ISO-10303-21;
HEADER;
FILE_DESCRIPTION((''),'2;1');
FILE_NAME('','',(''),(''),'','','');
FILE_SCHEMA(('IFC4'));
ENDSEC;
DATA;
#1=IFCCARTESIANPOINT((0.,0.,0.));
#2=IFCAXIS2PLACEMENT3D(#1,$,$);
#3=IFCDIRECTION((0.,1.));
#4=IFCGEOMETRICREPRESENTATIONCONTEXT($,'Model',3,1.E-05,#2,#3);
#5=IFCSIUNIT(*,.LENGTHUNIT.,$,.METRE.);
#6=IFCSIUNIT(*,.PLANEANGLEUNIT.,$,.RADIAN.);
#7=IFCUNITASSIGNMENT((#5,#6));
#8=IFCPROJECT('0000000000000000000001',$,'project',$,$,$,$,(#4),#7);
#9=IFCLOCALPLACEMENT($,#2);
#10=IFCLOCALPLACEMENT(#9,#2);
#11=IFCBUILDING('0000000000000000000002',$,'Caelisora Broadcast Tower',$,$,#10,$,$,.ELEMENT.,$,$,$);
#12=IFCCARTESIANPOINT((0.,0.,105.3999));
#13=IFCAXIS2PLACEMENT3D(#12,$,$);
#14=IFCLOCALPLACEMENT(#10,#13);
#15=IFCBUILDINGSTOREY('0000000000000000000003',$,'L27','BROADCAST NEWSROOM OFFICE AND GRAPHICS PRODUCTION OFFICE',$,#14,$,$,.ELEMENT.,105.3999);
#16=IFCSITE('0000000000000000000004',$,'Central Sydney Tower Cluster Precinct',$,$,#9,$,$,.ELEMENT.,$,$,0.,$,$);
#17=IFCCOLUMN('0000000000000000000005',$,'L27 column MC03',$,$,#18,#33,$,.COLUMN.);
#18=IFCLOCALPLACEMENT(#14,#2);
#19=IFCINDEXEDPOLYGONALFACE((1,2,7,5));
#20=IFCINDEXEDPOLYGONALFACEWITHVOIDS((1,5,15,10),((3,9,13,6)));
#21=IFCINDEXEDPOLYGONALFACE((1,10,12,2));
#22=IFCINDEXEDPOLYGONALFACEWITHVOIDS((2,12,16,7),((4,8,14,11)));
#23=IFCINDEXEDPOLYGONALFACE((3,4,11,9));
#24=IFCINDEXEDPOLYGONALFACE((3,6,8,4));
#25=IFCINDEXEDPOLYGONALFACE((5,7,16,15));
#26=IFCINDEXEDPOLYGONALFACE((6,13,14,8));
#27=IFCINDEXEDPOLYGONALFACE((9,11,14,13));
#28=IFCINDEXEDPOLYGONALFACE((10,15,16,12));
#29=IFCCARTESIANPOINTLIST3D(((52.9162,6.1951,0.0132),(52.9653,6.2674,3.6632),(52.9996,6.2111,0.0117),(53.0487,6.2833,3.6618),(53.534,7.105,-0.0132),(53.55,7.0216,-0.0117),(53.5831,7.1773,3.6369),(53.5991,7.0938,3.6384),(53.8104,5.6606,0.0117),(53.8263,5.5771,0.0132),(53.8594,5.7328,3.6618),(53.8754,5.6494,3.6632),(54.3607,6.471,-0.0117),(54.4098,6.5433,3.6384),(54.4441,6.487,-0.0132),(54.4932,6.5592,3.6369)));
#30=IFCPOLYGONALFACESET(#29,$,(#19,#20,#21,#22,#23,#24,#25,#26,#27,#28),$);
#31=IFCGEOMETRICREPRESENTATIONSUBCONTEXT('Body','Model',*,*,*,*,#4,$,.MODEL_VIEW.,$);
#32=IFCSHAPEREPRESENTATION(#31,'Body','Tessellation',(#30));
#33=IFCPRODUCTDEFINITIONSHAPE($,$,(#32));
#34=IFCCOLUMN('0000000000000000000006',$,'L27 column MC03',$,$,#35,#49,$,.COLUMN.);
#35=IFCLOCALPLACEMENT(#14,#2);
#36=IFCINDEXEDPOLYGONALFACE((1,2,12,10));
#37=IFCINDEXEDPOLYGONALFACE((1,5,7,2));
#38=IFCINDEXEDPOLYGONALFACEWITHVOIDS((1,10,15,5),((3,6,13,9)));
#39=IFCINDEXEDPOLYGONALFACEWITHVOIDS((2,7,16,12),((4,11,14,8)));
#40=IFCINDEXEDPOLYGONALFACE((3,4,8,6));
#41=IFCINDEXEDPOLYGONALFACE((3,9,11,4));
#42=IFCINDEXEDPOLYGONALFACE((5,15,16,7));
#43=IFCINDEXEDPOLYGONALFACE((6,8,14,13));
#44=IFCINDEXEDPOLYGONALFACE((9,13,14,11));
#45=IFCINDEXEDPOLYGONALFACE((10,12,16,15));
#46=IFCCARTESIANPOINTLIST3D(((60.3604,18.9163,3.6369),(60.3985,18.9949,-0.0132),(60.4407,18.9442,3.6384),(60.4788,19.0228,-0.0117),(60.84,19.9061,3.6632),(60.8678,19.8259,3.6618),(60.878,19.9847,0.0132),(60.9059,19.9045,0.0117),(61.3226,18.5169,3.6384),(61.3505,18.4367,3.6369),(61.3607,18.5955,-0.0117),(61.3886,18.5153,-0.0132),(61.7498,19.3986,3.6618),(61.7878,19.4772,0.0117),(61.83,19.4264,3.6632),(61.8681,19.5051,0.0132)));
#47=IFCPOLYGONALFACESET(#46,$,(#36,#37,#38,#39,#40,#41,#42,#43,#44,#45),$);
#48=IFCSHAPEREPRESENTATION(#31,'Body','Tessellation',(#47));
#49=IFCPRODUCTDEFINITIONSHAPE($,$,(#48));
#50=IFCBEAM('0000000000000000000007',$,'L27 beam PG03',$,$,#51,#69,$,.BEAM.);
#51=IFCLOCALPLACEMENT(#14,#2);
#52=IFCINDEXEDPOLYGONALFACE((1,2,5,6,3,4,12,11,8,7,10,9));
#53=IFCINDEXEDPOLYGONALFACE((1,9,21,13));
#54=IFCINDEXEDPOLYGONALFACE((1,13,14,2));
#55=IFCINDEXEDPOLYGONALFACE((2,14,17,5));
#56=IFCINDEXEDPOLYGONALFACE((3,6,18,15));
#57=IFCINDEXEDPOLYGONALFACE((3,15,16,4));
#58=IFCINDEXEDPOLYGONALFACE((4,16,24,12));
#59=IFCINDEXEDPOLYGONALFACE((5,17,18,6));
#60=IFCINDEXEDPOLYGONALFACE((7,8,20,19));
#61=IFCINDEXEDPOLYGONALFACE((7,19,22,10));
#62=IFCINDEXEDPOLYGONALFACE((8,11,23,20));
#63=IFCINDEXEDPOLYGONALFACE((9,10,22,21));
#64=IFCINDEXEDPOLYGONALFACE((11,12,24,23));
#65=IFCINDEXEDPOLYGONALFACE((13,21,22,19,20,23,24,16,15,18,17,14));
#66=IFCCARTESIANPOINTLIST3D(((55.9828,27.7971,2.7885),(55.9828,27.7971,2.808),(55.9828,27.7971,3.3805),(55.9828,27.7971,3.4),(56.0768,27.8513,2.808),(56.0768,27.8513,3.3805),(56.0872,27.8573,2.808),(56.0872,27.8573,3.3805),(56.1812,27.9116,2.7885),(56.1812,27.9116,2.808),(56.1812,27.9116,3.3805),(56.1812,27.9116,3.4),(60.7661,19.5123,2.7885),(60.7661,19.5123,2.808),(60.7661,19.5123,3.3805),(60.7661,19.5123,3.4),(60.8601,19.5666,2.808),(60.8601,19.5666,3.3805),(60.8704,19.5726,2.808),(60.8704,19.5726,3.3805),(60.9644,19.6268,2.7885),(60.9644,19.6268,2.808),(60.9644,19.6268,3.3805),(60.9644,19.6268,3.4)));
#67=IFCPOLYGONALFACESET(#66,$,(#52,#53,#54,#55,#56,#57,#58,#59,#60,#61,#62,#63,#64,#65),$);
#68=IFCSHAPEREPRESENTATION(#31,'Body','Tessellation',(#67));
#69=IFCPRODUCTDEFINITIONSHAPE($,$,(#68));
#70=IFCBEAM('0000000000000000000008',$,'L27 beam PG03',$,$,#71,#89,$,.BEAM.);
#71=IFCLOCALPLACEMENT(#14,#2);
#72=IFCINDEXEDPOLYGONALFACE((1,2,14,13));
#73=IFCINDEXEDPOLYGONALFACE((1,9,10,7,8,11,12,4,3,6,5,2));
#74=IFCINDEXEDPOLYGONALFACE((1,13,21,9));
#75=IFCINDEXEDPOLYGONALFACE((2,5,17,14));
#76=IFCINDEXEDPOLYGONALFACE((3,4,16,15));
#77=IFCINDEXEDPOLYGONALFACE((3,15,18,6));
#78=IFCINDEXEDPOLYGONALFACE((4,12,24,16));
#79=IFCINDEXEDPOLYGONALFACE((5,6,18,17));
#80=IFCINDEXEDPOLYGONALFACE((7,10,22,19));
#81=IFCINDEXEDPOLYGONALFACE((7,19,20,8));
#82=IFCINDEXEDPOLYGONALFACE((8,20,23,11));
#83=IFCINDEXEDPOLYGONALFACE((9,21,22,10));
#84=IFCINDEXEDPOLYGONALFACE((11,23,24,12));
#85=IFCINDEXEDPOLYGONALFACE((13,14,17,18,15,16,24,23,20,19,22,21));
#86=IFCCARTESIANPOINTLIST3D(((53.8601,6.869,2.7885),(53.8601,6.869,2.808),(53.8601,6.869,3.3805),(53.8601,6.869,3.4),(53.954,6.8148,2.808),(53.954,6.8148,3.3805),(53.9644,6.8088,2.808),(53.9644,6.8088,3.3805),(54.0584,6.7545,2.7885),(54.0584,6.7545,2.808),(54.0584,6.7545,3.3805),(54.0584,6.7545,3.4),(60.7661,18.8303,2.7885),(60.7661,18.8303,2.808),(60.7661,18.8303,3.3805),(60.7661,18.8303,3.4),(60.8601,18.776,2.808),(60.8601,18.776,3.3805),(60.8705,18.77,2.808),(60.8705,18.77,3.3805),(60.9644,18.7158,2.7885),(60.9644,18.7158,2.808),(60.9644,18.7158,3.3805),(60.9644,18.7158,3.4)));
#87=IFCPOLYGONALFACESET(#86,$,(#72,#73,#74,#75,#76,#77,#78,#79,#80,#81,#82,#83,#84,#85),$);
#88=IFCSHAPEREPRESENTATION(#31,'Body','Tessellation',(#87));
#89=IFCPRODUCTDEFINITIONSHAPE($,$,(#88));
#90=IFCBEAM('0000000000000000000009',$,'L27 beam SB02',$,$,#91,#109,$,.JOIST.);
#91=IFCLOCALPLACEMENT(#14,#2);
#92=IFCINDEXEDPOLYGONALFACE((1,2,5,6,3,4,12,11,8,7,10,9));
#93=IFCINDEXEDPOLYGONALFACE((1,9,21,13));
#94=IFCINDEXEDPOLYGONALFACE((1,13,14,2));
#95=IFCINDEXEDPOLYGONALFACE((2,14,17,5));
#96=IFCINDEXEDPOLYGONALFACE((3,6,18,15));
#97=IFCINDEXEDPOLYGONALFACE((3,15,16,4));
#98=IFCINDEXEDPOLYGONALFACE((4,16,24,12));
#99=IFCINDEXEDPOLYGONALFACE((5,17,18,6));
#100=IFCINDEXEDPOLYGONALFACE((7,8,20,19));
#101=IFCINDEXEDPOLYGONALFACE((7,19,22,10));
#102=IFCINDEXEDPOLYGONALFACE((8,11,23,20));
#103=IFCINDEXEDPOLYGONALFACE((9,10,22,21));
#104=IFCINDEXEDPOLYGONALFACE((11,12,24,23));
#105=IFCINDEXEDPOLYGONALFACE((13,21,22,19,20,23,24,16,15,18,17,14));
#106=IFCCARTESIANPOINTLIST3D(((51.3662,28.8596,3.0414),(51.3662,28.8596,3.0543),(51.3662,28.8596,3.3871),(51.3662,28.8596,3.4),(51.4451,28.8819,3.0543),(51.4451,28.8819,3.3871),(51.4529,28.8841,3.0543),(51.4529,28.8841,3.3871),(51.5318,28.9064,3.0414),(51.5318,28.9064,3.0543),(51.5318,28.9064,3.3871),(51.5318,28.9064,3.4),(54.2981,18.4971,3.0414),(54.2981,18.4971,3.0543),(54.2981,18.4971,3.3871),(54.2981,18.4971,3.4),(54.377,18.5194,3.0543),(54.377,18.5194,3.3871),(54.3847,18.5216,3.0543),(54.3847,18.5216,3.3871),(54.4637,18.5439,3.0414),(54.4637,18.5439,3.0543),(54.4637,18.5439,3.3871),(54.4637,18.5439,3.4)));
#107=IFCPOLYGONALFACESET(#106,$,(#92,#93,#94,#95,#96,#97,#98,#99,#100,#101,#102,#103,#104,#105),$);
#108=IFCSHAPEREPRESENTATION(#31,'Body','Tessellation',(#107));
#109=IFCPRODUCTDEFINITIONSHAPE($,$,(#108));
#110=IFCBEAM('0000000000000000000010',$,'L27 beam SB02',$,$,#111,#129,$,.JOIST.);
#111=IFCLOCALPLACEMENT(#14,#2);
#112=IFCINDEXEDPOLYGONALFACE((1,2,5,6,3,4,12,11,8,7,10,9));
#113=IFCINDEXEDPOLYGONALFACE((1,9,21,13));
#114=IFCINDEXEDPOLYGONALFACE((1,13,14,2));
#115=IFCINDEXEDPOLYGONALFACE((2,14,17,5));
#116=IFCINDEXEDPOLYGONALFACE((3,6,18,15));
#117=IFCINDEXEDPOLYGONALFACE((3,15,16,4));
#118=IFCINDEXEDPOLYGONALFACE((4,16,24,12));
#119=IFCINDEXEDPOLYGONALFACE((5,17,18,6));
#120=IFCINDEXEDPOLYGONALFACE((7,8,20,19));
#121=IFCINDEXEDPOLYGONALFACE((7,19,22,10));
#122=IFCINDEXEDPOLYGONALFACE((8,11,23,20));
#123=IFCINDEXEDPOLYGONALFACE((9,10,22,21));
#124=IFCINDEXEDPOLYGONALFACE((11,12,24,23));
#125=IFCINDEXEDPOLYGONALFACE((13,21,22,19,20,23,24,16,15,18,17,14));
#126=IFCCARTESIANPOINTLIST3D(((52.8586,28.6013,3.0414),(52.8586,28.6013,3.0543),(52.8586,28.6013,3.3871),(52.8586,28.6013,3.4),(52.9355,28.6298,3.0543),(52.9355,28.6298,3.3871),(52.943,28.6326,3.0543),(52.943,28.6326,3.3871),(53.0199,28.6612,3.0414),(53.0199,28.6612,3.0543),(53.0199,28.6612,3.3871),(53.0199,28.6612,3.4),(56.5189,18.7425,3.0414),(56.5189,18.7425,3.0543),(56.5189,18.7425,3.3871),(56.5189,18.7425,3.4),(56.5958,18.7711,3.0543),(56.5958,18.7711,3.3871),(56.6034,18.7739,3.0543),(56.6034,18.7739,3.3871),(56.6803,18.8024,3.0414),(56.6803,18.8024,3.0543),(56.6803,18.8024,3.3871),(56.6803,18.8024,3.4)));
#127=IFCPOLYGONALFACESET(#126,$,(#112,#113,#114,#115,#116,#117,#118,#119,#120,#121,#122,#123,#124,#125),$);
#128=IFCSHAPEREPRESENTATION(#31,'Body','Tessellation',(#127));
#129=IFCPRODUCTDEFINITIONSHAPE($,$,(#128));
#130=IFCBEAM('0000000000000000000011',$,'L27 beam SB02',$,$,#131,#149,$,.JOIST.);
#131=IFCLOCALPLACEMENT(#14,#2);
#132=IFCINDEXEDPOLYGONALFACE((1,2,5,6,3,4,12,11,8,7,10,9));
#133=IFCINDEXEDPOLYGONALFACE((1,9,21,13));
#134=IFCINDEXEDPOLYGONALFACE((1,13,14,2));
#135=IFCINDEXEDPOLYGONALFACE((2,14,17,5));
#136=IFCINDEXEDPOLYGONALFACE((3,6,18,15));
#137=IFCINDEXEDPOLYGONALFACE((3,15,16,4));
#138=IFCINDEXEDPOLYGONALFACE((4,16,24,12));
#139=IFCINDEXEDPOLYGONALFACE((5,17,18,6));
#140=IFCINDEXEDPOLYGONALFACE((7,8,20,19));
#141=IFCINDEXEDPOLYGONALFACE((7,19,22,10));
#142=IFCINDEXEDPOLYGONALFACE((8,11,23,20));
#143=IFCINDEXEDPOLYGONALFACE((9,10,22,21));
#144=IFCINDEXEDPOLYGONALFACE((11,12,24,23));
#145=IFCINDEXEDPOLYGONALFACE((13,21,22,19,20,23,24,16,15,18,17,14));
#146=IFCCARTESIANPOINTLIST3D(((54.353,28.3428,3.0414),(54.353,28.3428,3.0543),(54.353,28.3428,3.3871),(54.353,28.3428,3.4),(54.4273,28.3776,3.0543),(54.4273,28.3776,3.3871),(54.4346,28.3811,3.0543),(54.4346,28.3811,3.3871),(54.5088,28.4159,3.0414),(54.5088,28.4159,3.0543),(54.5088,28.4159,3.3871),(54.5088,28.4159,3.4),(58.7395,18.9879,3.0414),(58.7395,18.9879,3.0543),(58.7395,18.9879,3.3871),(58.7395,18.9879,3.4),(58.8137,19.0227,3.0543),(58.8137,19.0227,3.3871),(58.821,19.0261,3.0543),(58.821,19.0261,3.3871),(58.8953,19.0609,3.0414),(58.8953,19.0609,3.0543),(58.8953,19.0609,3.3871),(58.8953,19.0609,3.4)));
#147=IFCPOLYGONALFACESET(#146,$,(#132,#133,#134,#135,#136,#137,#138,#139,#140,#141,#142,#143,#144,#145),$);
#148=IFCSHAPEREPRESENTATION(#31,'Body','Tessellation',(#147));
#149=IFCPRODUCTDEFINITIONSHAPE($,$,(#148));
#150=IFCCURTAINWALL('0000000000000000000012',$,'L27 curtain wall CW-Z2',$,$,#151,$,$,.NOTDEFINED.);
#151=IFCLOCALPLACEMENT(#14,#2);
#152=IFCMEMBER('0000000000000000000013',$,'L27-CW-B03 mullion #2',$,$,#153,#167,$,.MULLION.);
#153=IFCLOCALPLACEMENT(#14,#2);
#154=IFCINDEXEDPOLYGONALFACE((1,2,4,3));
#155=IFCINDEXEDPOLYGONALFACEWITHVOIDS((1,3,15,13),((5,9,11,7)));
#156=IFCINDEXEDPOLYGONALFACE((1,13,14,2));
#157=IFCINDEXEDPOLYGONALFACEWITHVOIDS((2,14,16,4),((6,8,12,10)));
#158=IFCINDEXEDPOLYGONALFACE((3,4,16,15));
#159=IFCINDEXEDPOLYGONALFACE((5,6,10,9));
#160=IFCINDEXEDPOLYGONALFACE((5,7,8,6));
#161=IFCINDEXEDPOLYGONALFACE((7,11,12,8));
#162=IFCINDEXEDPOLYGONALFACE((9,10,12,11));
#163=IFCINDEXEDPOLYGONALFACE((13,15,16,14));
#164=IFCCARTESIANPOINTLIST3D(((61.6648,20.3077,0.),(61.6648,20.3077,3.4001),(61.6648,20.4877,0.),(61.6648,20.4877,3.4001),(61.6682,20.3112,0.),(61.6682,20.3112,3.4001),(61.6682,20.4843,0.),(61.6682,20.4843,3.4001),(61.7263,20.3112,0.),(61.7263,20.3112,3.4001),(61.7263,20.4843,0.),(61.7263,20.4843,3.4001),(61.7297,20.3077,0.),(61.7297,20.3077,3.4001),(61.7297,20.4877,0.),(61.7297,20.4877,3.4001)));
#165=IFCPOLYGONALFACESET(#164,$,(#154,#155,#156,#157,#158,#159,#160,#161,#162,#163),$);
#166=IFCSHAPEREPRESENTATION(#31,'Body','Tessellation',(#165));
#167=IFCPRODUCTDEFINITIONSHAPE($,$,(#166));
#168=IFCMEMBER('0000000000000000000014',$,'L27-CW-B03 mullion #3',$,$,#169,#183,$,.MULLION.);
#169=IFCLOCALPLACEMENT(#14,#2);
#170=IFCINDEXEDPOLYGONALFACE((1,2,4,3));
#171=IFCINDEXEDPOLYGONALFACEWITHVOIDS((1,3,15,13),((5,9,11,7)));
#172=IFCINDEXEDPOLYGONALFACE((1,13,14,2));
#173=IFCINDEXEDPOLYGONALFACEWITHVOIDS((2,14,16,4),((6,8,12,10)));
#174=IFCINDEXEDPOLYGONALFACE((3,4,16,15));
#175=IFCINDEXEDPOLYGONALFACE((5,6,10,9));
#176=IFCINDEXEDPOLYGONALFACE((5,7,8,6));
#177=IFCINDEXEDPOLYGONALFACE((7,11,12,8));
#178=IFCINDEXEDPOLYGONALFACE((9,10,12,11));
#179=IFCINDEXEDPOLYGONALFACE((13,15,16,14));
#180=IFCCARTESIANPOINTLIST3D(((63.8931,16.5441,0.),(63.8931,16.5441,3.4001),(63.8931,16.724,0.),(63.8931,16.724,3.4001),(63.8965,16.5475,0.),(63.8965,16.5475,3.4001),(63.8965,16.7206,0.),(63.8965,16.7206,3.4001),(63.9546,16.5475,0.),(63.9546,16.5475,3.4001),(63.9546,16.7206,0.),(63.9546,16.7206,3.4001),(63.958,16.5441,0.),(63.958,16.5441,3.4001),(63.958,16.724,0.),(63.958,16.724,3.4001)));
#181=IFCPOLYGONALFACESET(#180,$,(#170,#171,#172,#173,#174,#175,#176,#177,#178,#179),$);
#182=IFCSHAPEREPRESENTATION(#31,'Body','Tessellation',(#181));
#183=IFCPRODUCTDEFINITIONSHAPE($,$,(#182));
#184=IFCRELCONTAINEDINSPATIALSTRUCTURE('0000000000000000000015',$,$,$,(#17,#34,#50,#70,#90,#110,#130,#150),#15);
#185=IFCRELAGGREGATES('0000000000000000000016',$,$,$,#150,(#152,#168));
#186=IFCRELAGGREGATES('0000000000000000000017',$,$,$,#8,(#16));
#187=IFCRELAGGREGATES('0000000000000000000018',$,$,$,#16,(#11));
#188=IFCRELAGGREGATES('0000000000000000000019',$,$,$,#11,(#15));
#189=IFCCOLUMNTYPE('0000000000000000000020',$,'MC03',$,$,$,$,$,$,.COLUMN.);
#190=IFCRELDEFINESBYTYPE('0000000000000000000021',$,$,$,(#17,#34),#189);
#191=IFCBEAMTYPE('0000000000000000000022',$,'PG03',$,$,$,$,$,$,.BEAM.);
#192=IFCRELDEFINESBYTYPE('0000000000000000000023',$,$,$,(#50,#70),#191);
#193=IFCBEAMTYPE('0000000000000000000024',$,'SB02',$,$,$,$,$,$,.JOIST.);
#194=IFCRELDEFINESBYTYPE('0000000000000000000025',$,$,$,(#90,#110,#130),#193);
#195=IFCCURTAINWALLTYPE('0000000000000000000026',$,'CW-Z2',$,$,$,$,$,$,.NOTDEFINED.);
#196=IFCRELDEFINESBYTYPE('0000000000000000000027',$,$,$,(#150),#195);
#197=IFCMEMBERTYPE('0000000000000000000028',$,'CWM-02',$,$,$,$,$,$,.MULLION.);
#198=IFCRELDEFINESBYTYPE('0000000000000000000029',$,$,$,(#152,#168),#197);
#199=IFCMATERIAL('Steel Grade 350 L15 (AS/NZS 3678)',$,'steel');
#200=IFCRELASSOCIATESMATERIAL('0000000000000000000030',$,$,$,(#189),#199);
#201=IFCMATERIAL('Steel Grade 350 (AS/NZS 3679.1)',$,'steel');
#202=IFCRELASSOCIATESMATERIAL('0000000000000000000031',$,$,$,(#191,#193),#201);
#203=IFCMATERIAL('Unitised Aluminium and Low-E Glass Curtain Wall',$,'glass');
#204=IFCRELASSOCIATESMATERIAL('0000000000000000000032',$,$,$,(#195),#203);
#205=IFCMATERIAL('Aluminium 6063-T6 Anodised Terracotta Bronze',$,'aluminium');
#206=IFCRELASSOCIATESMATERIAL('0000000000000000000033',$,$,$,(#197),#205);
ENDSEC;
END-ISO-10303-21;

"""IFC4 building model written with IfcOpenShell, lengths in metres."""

from ifc_helpers import new_model, si_unit, direction, frame, origin, origin_2d, place, context, subcontext, project, spatial, hollow_rectangle, i_section, extrude, source, transform, mapped, material, material_profile, profile_set, type_object, type_shapes, element, aggregate, save


model = new_model("IFC4")

# Units and contexts
model_context = context("Model", 3, precision=1e-05, world=origin(), true_north=direction((0.0, 1.0)))
body_context = subcontext(model_context, "Body", "Model", "MODEL_VIEW")
ifc_project = project(units=[si_unit("LENGTHUNIT", "METRE"), si_unit("PLANEANGLEUNIT", "RADIAN")], contexts=[model_context])

# Site, building, storey
site_placement = place(None, origin())
site = spatial("IfcSite", under=ifc_project, at=site_placement, Name="Central Sydney Tower Cluster Precinct", CompositionType="ELEMENT", RefElevation=0.0)
building_placement = place(site_placement, origin())
building = spatial("IfcBuilding", under=site, at=building_placement, Name="Caelisora Broadcast Tower", CompositionType="ELEMENT")
storey_placement = place(building_placement, frame((0.0, 0.0, 105.3999)))
storey = spatial("IfcBuildingStorey", under=building, at=storey_placement, Name="L27", Description="BROADCAST NEWSROOM OFFICE AND GRAPHICS PRODUCTION OFFICE", CompositionType="ELEMENT", Elevation=105.3999)

# Columns
ifc_material_1 = material(Name="Steel Grade 350 L15 (AS/NZS 3678)", Category="steel")
ifc_material_profile_1 = material_profile(ifc_material_1, hollow_rectangle(XDim=1.1001, YDim=1.1001, WallThickness=0.0601, at=origin_2d()), Name="Steel Grade 350 L15 (AS/NZS 3678)")
ifc_profile_set_1 = profile_set([ifc_material_profile_1], Name="Steel Grade 350 L15 (AS/NZS 3678)")
column_type = type_object("IfcColumnType", Name="MC03", PredefinedType="COLUMN", material=ifc_profile_set_1)
shared_shape_1 = source(origin(), body_context, "Body", "SweptSolid", [
    extrude(hollow_rectangle(XDim=1.1001, YDim=1.1001, WallThickness=0.0601, at=origin_2d()), origin(), (0.0, 0.0, 1.0), 3.6511),
])
type_shapes(column_type, [shared_shape_1])
for number, where, z_axis, x_axis, name in (
    (1, (53.6802, 6.3411, 0.0), (0.01344, 0.019792, 0.999714), (-0.82729, 0.561775, 0.0), "L27 column MC03"),
    (2, (61.1333, 19.25, 0.0), (-0.010431, -0.021531, 0.999714), (0.899947, -0.435999, 0.0), "L27 column MC03"),
):
    element("IfcColumn", number, at=place(storey_placement, frame(where, z_axis=z_axis, x_axis=x_axis)), inside=storey, type_object=column_type, Name=name, PredefinedType="COLUMN", context=body_context, shape_type="MappedRepresentation", body=[
        mapped(shared_shape_1, transform((0.0, 0.0, 0.0), scale=1.0)),
    ])

# Beams
ifc_material_2 = material(Name="Steel Grade 350 (AS/NZS 3679.1)", Category="steel")
ifc_material_profile_2 = material_profile(ifc_material_2, i_section(OverallWidth=0.229, OverallDepth=0.6116, WebThickness=0.012, FlangeThickness=0.0195, at=origin_2d()), Name="Steel Grade 350 (AS/NZS 3679.1)")
ifc_profile_set_2 = profile_set([ifc_material_profile_2], Name="Steel Grade 350 (AS/NZS 3679.1)")
beam_type_1 = type_object("IfcBeamType", Name="PG03", PredefinedType="BEAM", material=ifc_profile_set_2)
shared_shape_2 = source(origin(), body_context, "Body", "SweptSolid", [
    extrude(i_section(OverallWidth=0.229, OverallDepth=0.6116, WebThickness=0.012, FlangeThickness=0.0195, at=origin_2d()), origin(), (0.0, 0.0, 1.0), 9.5664),
])
beam_1_placement = place(storey_placement, frame((60.8652, 19.5696, 3.0942), z_axis=(-0.500004, 0.866023, 0.0), x_axis=(-0.866023, -0.500004, 0.0)))
element("IfcBeam", 3, at=beam_1_placement, inside=storey, type_object=beam_type_1, Name="L27 beam PG03", PredefinedType="BEAM", context=body_context, shape_type="MappedRepresentation", body=[
    mapped(shared_shape_2, transform((0.0, 0.0, 0.0), scale=1.0)),
])
shared_shape_3 = source(origin(), body_context, "Body", "SweptSolid", [
    extrude(i_section(OverallWidth=0.229, OverallDepth=0.6116, WebThickness=0.012, FlangeThickness=0.0195, at=origin_2d()), origin(), (0.0, 0.0, 1.0), 13.8118),
])
type_shapes(beam_type_1, [shared_shape_2, shared_shape_3])
beam_2_placement = place(storey_placement, frame((53.9592, 6.8118, 3.0942), z_axis=(0.500012, 0.866019, 0.0), x_axis=(-0.866019, 0.500012, 0.0)))
element("IfcBeam", 4, at=beam_2_placement, inside=storey, type_object=beam_type_1, Name="L27 beam PG03", PredefinedType="BEAM", context=body_context, shape_type="MappedRepresentation", body=[
    mapped(shared_shape_3, transform((0.0, 0.0, 0.0), scale=1.0)),
])
ifc_material_profile_3 = material_profile(ifc_material_2, i_section(OverallWidth=0.1721, OverallDepth=0.3586, WebThickness=0.0081, FlangeThickness=0.0129, at=origin_2d()), Name="Steel Grade 350 (AS/NZS 3679.1)")
ifc_profile_set_3 = profile_set([ifc_material_profile_3], Name="Steel Grade 350 (AS/NZS 3679.1)")
beam_type_2 = type_object("IfcBeamType", Name="SB02", PredefinedType="JOIST", material=ifc_profile_set_3)
shared_shape_4 = source(origin(), body_context, "Body", "SweptSolid", [
    extrude(i_section(OverallWidth=0.1721, OverallDepth=0.3586, WebThickness=0.0081, FlangeThickness=0.0129, at=origin_2d()), origin(), (0.0, 0.0, 1.0), 10.7693),
])
beam_3_placement = place(storey_placement, frame((54.3809, 18.5205, 3.2207), z_axis=(-0.272244, 0.962228, 0.0), x_axis=(-0.962228, -0.272244, 0.0)))
element("IfcBeam", 5, at=beam_3_placement, inside=storey, type_object=beam_type_2, Name="L27 beam SB02", PredefinedType="JOIST", context=body_context, shape_type="MappedRepresentation", body=[
    mapped(shared_shape_4, transform((0.0, 0.0, 0.0), scale=1.0)),
])
shared_shape_5 = source(origin(), body_context, "Body", "SweptSolid", [
    extrude(i_section(OverallWidth=0.1721, OverallDepth=0.3586, WebThickness=0.0081, FlangeThickness=0.0129, at=origin_2d()), origin(), (0.0, 0.0, 1.0), 10.5164),
])
beam_4_placement = place(storey_placement, frame((56.5996, 18.7725, 3.2207), z_axis=(-0.348064, 0.937471, 0.0), x_axis=(-0.937471, -0.348064, 0.0)))
element("IfcBeam", 6, at=beam_4_placement, inside=storey, type_object=beam_type_2, Name="L27 beam SB02", PredefinedType="JOIST", context=body_context, shape_type="MappedRepresentation", body=[
    mapped(shared_shape_5, transform((0.0, 0.0, 0.0), scale=1.0)),
])
shared_shape_6 = source(origin(), body_context, "Body", "SweptSolid", [
    extrude(i_section(OverallWidth=0.1721, OverallDepth=0.3586, WebThickness=0.0081, FlangeThickness=0.0129, at=origin_2d()), origin(), (0.0, 0.0, 1.0), 10.3323),
])
type_shapes(beam_type_2, [shared_shape_4, shared_shape_5, shared_shape_6])
beam_5_placement = place(storey_placement, frame((58.8174, 19.0244, 3.2207), z_axis=(-0.424539, 0.90541, 0.0), x_axis=(-0.90541, -0.424539, 0.0)))
element("IfcBeam", 7, at=beam_5_placement, inside=storey, type_object=beam_type_2, Name="L27 beam SB02", PredefinedType="JOIST", context=body_context, shape_type="MappedRepresentation", body=[
    mapped(shared_shape_6, transform((0.0, 0.0, 0.0), scale=1.0)),
])

# Curtain wall, members
ifc_material_3 = material(Name="Unitised Aluminium and Low-E Glass Curtain Wall", Category="glass")
curtain_wall_type = type_object("IfcCurtainWallType", Name="CW-Z2", PredefinedType="NOTDEFINED", material=ifc_material_3)
curtain_wall_1_placement = place(storey_placement, origin())
curtain_wall_1 = element("IfcCurtainWall", 8, at=curtain_wall_1_placement, inside=storey, type_object=curtain_wall_type, Name="L27 curtain wall CW-Z2", PredefinedType="NOTDEFINED")
ifc_material_4 = material(Name="Aluminium 6063-T6 Anodised Terracotta Bronze", Category="aluminium")
ifc_material_profile_4 = material_profile(ifc_material_4, hollow_rectangle(XDim=0.0649, YDim=0.1799, WallThickness=0.0034, at=origin_2d()), Name="Aluminium 6063-T6 Anodised Terracotta Bronze")
ifc_profile_set_4 = profile_set([ifc_material_profile_4], Name="Aluminium 6063-T6 Anodised Terracotta Bronze")
member_type_1 = type_object("IfcMemberType", Name="CWM-02", PredefinedType="MULLION", material=ifc_profile_set_4)
shared_shape_7 = source(origin(), body_context, "Body", "SweptSolid", [
    extrude(hollow_rectangle(XDim=0.0649, YDim=0.1799, WallThickness=0.0034, at=origin_2d()), origin(), (0.0, 0.0, 1.0), 3.4001),
])
type_shapes(member_type_1, [shared_shape_7])
member_1_placement = place(storey_placement, frame((61.6973, 20.3977, 0.0), z_axis=(0.0, 0.0, 1.0), x_axis=(1.0, 0.0, 0.0)))
member_1 = element("IfcMember", 9, at=member_1_placement, type_object=member_type_1, Name="L27-CW-B03 mullion #2", PredefinedType="MULLION", context=body_context, shape_type="MappedRepresentation", body=[
    mapped(shared_shape_7, transform((0.0, 0.0, 0.0), scale=1.0)),
])
member_2_placement = place(storey_placement, frame((63.9255, 16.634, 0.0), z_axis=(0.0, 0.0, 1.0), x_axis=(1.0, 0.0, 0.0)))
member_2 = element("IfcMember", 10, at=member_2_placement, type_object=member_type_1, Name="L27-CW-B03 mullion #3", PredefinedType="MULLION", context=body_context, shape_type="MappedRepresentation", body=[
    mapped(shared_shape_7, transform((0.0, 0.0, 0.0), scale=1.0)),
])

aggregate(curtain_wall_1, [member_1, member_2])

save(model, "model.ifc")
